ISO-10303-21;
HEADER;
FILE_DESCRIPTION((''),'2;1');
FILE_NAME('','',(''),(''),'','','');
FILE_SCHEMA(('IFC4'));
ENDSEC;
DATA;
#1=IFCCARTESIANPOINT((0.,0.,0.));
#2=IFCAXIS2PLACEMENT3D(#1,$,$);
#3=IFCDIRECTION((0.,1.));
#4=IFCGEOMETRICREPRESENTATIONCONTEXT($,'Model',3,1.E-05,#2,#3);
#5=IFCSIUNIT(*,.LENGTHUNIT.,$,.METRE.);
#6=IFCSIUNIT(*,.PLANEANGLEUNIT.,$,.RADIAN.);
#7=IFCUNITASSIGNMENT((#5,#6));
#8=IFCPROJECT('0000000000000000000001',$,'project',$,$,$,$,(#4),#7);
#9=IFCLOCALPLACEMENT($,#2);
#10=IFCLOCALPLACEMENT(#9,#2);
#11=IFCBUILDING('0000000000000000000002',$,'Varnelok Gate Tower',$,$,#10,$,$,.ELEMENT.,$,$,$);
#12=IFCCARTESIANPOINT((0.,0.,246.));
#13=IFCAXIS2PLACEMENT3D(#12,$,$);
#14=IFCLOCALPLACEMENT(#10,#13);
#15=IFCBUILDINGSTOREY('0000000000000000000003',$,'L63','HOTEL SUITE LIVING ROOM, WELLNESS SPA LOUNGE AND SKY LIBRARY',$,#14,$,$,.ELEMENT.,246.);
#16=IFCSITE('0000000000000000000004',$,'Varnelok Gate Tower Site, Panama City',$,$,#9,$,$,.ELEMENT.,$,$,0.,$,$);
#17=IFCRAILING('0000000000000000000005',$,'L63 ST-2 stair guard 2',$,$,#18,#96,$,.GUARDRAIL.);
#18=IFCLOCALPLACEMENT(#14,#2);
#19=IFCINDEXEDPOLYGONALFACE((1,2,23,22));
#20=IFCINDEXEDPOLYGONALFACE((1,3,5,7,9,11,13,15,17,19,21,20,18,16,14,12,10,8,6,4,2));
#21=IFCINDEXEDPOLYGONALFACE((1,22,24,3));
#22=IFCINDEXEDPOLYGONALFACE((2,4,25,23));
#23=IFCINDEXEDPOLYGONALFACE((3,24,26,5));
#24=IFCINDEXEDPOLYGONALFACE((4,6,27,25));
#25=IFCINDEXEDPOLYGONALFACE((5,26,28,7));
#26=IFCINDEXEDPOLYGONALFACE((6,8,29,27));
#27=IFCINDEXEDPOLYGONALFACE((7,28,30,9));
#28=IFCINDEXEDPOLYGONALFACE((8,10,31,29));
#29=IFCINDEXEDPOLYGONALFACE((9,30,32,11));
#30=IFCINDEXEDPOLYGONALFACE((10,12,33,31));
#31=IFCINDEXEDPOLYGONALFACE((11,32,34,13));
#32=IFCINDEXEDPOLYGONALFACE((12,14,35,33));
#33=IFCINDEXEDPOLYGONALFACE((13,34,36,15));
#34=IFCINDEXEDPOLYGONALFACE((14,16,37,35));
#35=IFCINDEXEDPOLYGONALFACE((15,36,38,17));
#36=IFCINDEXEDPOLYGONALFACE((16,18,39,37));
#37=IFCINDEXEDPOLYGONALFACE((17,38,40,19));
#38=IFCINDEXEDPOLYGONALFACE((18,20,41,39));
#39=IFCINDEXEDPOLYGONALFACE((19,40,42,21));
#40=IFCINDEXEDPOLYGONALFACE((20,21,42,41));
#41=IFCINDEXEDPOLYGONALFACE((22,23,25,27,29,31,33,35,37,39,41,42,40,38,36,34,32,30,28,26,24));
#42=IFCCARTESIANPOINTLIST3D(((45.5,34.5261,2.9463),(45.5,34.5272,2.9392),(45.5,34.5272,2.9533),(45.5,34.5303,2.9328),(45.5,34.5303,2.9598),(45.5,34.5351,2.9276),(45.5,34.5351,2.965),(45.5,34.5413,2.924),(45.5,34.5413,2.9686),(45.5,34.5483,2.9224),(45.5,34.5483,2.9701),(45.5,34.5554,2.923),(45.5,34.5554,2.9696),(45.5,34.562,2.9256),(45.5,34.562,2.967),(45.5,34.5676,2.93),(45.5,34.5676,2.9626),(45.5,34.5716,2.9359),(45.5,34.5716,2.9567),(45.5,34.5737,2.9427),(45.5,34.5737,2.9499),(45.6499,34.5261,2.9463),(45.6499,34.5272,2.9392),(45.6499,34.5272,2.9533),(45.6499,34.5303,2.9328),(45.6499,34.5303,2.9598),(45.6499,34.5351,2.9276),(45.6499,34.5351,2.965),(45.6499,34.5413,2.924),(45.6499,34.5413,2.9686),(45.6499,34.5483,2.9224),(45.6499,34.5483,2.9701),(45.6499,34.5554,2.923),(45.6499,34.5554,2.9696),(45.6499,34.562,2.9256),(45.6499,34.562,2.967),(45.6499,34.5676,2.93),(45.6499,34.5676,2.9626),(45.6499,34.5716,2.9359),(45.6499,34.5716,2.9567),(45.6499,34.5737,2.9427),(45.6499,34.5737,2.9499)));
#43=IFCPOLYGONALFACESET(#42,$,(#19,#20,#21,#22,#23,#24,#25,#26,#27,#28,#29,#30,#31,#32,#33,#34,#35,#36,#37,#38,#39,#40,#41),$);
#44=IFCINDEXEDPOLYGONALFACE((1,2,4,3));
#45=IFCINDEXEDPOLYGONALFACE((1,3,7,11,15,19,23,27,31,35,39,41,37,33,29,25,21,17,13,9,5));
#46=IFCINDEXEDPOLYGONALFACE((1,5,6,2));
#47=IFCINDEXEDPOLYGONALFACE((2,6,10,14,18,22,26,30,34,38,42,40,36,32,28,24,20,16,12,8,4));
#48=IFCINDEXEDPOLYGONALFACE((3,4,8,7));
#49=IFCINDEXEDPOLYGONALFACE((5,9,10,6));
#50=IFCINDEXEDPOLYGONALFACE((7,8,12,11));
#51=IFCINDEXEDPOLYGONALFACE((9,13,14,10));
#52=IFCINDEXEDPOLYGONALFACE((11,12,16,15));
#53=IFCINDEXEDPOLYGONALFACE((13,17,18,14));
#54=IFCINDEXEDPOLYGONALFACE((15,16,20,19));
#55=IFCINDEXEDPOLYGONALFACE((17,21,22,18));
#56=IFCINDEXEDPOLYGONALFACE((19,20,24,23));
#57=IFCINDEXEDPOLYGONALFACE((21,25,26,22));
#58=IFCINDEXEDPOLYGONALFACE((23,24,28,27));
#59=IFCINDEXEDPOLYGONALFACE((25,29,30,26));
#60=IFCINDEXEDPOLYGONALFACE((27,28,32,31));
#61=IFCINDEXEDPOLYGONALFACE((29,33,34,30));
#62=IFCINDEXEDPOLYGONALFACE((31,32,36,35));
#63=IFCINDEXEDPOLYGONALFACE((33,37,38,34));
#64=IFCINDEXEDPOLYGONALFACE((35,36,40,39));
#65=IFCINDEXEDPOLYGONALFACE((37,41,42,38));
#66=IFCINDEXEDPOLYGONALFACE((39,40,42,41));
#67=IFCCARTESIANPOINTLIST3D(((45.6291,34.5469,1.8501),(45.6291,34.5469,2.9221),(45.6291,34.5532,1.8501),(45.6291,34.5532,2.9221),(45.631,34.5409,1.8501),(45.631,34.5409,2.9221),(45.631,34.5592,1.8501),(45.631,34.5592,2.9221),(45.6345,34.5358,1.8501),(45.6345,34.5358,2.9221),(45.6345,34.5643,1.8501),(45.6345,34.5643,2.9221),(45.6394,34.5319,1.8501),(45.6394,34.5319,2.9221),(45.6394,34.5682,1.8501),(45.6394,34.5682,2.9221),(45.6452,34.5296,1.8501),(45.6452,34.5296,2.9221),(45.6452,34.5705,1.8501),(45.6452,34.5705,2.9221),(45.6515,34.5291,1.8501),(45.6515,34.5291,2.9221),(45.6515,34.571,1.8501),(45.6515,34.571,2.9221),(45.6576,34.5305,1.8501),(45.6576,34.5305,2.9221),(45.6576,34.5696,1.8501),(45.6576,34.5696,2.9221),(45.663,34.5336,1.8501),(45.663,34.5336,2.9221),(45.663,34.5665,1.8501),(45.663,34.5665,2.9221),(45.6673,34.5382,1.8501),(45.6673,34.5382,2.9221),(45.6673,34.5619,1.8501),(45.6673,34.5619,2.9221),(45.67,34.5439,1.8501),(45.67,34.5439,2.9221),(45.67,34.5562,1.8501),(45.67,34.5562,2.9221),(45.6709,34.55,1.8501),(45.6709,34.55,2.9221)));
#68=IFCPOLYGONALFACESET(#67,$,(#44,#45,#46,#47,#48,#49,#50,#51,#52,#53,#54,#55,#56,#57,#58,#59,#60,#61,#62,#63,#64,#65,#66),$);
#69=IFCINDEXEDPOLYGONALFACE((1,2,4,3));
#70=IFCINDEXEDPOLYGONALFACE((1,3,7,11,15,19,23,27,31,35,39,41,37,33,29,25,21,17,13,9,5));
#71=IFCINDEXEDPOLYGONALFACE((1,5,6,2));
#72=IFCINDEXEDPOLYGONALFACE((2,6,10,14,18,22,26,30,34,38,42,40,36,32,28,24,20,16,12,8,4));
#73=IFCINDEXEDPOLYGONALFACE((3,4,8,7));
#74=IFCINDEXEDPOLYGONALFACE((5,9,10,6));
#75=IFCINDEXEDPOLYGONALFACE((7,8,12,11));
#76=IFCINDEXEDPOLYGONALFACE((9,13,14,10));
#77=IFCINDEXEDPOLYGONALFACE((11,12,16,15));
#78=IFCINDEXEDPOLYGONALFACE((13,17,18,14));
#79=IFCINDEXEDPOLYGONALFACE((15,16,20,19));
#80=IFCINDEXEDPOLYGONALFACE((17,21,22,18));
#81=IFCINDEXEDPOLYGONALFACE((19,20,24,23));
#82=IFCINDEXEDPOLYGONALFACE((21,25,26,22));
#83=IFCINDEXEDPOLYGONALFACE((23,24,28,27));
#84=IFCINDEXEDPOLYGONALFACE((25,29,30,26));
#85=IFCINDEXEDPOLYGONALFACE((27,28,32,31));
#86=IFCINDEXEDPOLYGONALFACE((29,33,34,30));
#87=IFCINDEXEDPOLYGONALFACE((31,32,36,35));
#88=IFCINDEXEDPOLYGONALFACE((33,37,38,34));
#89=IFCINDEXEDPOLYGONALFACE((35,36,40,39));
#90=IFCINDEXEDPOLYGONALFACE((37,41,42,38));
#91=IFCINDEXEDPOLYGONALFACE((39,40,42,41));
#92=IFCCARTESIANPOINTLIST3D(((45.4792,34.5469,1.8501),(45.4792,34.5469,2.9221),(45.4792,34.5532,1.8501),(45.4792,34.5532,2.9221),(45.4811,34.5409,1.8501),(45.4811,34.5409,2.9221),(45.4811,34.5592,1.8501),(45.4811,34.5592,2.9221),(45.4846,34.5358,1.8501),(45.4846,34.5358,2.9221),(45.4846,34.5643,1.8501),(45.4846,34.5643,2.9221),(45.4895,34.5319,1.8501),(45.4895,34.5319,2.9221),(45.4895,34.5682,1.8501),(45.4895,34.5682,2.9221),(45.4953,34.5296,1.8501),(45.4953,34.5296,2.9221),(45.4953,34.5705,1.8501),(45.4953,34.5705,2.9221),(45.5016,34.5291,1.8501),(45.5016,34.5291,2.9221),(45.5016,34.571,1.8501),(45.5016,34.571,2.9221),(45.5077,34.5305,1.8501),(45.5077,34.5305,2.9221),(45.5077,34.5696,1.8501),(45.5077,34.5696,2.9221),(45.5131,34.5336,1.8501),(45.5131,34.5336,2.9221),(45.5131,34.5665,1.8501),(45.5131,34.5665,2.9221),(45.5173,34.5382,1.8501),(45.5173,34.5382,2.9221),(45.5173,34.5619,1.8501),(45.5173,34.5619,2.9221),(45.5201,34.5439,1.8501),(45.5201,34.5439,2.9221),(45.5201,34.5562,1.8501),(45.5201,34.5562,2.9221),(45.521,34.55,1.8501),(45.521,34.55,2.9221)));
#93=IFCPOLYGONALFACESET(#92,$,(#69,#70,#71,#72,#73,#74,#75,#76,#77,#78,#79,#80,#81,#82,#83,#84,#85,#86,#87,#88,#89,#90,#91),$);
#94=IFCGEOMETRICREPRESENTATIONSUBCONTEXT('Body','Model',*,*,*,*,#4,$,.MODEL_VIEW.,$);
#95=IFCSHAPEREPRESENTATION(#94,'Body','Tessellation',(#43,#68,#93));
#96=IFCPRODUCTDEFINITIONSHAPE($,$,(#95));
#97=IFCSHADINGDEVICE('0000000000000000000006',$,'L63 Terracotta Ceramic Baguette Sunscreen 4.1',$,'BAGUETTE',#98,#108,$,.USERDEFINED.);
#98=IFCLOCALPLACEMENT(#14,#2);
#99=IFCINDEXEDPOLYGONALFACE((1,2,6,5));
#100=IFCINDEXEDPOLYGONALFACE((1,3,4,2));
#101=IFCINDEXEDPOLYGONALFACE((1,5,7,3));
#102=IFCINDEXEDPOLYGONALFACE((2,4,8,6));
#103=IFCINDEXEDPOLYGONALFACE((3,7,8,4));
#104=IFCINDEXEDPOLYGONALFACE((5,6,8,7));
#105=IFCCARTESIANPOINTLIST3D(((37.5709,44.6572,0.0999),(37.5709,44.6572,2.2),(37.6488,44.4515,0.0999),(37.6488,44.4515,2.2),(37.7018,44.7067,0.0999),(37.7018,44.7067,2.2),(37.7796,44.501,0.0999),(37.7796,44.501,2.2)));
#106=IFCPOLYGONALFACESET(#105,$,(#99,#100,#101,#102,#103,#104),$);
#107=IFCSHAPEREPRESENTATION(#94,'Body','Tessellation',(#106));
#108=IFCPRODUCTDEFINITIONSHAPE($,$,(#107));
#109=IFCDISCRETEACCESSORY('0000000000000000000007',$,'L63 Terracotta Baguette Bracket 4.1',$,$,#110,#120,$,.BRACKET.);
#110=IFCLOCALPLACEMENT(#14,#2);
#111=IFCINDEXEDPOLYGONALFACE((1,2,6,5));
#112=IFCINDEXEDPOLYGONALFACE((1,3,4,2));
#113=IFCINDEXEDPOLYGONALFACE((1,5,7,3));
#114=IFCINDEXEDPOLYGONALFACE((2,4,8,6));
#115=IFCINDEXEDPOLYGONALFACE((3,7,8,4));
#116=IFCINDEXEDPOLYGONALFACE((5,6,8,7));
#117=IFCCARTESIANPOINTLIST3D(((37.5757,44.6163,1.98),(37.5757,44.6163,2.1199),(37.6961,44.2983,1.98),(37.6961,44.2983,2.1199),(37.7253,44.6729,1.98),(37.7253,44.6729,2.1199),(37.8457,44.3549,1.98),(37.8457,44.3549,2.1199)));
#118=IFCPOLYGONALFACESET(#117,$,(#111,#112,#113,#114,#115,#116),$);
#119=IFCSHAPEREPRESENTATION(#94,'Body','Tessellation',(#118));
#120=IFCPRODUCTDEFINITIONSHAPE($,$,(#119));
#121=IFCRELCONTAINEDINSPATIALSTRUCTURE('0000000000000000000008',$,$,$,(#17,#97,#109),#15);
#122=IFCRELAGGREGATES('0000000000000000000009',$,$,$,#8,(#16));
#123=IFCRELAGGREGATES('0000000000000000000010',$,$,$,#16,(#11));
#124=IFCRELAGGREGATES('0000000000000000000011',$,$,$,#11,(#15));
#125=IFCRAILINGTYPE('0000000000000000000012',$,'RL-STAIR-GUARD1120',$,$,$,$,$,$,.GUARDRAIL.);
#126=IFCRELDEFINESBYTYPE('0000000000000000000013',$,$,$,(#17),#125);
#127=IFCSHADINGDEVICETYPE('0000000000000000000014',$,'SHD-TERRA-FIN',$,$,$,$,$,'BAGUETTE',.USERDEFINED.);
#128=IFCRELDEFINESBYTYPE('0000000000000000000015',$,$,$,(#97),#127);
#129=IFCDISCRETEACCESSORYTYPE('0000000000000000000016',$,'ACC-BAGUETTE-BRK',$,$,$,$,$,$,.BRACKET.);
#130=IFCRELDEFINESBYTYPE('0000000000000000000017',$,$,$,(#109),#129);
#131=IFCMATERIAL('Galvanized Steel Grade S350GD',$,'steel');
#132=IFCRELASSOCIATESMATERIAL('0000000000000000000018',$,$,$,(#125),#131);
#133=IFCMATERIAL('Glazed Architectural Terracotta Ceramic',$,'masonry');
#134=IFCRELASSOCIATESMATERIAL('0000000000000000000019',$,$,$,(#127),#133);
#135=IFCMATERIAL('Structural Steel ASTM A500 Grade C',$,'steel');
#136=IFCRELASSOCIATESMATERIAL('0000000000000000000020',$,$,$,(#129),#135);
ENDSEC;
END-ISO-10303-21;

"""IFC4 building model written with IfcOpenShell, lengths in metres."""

from ifc_helpers import new_model, si_unit, direction, frame, origin, origin_2d, place, context, subcontext, project, spatial, rectangle, circle, extrude, source, transform, mapped, material, type_object, element, save


model = new_model("IFC4")

# Units and contexts
model_context = context("Model", 3, precision=1e-05, world=origin(), true_north=direction((0.0, 1.0)))
body_context = subcontext(model_context, "Body", "Model", "MODEL_VIEW")
ifc_project = project(units=[si_unit("LENGTHUNIT", "METRE"), si_unit("PLANEANGLEUNIT", "RADIAN")], contexts=[model_context])

# Site, building, storey
site_placement = place(None, origin())
site = spatial("IfcSite", under=ifc_project, at=site_placement, Name="Varnelok Gate Tower Site, Panama City", CompositionType="ELEMENT", RefElevation=0.0)
building_placement = place(site_placement, origin())
building = spatial("IfcBuilding", under=site, at=building_placement, Name="Varnelok Gate Tower", CompositionType="ELEMENT")
storey_placement = place(building_placement, frame((0.0, 0.0, 246.0)))
storey = spatial("IfcBuildingStorey", under=building, at=storey_placement, Name="L63", Description="HOTEL SUITE LIVING ROOM, WELLNESS SPA LOUNGE AND SKY LIBRARY", CompositionType="ELEMENT", Elevation=246.0)

# Shared definitions
ifc_material_1 = material(Name="Galvanized Steel Grade S350GD", Category="steel")

# Railing
railing_type = type_object("IfcRailingType", Name="RL-STAIR-GUARD1120", PredefinedType="GUARDRAIL", material=ifc_material_1)
railing_placement = place(storey_placement, frame((45.6499, 34.55, 1.8501)))
element("IfcRailing", 1, at=railing_placement, inside=storey, type_object=railing_type, Name="L63 ST-2 stair guard 2", PredefinedType="GUARDRAIL", context=body_context, shape_type="SweptSolid", body=[
    extrude(circle(Radius=0.0239, at=origin_2d()), frame((0.0, 0.0, 1.0962), z_axis=(-1.0, 0.0, 0.0), x_axis=(0.0, -1.0, 0.0)), (0.0, 0.0, 1.0), 0.1499),
    extrude(circle(Radius=0.021, at=origin_2d()), origin(), (0.0, 0.0, 1.0), 1.072),
    extrude(circle(Radius=0.021, at=origin_2d()), frame((-0.1499, 0.0, 0.0)), (0.0, 0.0, 1.0), 1.072),
])

# Shading device
ifc_material_2 = material(Name="Glazed Architectural Terracotta Ceramic", Category="masonry")
shading_device_type = type_object("IfcShadingDeviceType", Name="SHD-TERRA-FIN", ElementType="BAGUETTE", PredefinedType="USERDEFINED", material=ifc_material_2)
shared_shape_1 = source(origin(), body_context, "Body", "SweptSolid", [
    extrude(rectangle(XDim=0.1399, YDim=0.22, at=origin_2d()), origin(), (0.0, 0.0, 1.0), 2.1001),
])
shading_device_placement = place(storey_placement, frame((37.6753, 44.5791, 0.0999), z_axis=(0.0, 0.0, 1.0), x_axis=(0.935222, 0.354063, 0.0)))
element("IfcShadingDevice", 2, at=shading_device_placement, inside=storey, type_object=shading_device_type, Name="L63 Terracotta Ceramic Baguette Sunscreen 4.1", ObjectType="BAGUETTE", PredefinedType="USERDEFINED", context=body_context, shape_type="MappedRepresentation", body=[
    mapped(shared_shape_1, transform((0.0, 0.0, 0.0), scale=1.0)),
])

# Discrete accessory
ifc_material_3 = material(Name="Structural Steel ASTM A500 Grade C", Category="steel")
discrete_accessory_type = type_object("IfcDiscreteAccessoryType", Name="ACC-BAGUETTE-BRK", PredefinedType="BRACKET", material=ifc_material_3)
shared_shape_2 = source(origin(), body_context, "Body", "SweptSolid", [
    extrude(rectangle(XDim=0.1599, YDim=0.3401, at=origin_2d()), origin(), (0.0, 0.0, 1.0), 0.1399),
])
discrete_accessory_placement = place(storey_placement, frame((37.7107, 44.4856, 1.98), z_axis=(0.0, 0.0, 1.0), x_axis=(0.935222, 0.354063, 0.0)))
element("IfcDiscreteAccessory", 3, at=discrete_accessory_placement, inside=storey, type_object=discrete_accessory_type, Name="L63 Terracotta Baguette Bracket 4.1", PredefinedType="BRACKET", context=body_context, shape_type="MappedRepresentation", body=[
    mapped(shared_shape_2, transform((0.0, 0.0, 0.0), scale=1.0)),
])

save(model, "model.ifc")
